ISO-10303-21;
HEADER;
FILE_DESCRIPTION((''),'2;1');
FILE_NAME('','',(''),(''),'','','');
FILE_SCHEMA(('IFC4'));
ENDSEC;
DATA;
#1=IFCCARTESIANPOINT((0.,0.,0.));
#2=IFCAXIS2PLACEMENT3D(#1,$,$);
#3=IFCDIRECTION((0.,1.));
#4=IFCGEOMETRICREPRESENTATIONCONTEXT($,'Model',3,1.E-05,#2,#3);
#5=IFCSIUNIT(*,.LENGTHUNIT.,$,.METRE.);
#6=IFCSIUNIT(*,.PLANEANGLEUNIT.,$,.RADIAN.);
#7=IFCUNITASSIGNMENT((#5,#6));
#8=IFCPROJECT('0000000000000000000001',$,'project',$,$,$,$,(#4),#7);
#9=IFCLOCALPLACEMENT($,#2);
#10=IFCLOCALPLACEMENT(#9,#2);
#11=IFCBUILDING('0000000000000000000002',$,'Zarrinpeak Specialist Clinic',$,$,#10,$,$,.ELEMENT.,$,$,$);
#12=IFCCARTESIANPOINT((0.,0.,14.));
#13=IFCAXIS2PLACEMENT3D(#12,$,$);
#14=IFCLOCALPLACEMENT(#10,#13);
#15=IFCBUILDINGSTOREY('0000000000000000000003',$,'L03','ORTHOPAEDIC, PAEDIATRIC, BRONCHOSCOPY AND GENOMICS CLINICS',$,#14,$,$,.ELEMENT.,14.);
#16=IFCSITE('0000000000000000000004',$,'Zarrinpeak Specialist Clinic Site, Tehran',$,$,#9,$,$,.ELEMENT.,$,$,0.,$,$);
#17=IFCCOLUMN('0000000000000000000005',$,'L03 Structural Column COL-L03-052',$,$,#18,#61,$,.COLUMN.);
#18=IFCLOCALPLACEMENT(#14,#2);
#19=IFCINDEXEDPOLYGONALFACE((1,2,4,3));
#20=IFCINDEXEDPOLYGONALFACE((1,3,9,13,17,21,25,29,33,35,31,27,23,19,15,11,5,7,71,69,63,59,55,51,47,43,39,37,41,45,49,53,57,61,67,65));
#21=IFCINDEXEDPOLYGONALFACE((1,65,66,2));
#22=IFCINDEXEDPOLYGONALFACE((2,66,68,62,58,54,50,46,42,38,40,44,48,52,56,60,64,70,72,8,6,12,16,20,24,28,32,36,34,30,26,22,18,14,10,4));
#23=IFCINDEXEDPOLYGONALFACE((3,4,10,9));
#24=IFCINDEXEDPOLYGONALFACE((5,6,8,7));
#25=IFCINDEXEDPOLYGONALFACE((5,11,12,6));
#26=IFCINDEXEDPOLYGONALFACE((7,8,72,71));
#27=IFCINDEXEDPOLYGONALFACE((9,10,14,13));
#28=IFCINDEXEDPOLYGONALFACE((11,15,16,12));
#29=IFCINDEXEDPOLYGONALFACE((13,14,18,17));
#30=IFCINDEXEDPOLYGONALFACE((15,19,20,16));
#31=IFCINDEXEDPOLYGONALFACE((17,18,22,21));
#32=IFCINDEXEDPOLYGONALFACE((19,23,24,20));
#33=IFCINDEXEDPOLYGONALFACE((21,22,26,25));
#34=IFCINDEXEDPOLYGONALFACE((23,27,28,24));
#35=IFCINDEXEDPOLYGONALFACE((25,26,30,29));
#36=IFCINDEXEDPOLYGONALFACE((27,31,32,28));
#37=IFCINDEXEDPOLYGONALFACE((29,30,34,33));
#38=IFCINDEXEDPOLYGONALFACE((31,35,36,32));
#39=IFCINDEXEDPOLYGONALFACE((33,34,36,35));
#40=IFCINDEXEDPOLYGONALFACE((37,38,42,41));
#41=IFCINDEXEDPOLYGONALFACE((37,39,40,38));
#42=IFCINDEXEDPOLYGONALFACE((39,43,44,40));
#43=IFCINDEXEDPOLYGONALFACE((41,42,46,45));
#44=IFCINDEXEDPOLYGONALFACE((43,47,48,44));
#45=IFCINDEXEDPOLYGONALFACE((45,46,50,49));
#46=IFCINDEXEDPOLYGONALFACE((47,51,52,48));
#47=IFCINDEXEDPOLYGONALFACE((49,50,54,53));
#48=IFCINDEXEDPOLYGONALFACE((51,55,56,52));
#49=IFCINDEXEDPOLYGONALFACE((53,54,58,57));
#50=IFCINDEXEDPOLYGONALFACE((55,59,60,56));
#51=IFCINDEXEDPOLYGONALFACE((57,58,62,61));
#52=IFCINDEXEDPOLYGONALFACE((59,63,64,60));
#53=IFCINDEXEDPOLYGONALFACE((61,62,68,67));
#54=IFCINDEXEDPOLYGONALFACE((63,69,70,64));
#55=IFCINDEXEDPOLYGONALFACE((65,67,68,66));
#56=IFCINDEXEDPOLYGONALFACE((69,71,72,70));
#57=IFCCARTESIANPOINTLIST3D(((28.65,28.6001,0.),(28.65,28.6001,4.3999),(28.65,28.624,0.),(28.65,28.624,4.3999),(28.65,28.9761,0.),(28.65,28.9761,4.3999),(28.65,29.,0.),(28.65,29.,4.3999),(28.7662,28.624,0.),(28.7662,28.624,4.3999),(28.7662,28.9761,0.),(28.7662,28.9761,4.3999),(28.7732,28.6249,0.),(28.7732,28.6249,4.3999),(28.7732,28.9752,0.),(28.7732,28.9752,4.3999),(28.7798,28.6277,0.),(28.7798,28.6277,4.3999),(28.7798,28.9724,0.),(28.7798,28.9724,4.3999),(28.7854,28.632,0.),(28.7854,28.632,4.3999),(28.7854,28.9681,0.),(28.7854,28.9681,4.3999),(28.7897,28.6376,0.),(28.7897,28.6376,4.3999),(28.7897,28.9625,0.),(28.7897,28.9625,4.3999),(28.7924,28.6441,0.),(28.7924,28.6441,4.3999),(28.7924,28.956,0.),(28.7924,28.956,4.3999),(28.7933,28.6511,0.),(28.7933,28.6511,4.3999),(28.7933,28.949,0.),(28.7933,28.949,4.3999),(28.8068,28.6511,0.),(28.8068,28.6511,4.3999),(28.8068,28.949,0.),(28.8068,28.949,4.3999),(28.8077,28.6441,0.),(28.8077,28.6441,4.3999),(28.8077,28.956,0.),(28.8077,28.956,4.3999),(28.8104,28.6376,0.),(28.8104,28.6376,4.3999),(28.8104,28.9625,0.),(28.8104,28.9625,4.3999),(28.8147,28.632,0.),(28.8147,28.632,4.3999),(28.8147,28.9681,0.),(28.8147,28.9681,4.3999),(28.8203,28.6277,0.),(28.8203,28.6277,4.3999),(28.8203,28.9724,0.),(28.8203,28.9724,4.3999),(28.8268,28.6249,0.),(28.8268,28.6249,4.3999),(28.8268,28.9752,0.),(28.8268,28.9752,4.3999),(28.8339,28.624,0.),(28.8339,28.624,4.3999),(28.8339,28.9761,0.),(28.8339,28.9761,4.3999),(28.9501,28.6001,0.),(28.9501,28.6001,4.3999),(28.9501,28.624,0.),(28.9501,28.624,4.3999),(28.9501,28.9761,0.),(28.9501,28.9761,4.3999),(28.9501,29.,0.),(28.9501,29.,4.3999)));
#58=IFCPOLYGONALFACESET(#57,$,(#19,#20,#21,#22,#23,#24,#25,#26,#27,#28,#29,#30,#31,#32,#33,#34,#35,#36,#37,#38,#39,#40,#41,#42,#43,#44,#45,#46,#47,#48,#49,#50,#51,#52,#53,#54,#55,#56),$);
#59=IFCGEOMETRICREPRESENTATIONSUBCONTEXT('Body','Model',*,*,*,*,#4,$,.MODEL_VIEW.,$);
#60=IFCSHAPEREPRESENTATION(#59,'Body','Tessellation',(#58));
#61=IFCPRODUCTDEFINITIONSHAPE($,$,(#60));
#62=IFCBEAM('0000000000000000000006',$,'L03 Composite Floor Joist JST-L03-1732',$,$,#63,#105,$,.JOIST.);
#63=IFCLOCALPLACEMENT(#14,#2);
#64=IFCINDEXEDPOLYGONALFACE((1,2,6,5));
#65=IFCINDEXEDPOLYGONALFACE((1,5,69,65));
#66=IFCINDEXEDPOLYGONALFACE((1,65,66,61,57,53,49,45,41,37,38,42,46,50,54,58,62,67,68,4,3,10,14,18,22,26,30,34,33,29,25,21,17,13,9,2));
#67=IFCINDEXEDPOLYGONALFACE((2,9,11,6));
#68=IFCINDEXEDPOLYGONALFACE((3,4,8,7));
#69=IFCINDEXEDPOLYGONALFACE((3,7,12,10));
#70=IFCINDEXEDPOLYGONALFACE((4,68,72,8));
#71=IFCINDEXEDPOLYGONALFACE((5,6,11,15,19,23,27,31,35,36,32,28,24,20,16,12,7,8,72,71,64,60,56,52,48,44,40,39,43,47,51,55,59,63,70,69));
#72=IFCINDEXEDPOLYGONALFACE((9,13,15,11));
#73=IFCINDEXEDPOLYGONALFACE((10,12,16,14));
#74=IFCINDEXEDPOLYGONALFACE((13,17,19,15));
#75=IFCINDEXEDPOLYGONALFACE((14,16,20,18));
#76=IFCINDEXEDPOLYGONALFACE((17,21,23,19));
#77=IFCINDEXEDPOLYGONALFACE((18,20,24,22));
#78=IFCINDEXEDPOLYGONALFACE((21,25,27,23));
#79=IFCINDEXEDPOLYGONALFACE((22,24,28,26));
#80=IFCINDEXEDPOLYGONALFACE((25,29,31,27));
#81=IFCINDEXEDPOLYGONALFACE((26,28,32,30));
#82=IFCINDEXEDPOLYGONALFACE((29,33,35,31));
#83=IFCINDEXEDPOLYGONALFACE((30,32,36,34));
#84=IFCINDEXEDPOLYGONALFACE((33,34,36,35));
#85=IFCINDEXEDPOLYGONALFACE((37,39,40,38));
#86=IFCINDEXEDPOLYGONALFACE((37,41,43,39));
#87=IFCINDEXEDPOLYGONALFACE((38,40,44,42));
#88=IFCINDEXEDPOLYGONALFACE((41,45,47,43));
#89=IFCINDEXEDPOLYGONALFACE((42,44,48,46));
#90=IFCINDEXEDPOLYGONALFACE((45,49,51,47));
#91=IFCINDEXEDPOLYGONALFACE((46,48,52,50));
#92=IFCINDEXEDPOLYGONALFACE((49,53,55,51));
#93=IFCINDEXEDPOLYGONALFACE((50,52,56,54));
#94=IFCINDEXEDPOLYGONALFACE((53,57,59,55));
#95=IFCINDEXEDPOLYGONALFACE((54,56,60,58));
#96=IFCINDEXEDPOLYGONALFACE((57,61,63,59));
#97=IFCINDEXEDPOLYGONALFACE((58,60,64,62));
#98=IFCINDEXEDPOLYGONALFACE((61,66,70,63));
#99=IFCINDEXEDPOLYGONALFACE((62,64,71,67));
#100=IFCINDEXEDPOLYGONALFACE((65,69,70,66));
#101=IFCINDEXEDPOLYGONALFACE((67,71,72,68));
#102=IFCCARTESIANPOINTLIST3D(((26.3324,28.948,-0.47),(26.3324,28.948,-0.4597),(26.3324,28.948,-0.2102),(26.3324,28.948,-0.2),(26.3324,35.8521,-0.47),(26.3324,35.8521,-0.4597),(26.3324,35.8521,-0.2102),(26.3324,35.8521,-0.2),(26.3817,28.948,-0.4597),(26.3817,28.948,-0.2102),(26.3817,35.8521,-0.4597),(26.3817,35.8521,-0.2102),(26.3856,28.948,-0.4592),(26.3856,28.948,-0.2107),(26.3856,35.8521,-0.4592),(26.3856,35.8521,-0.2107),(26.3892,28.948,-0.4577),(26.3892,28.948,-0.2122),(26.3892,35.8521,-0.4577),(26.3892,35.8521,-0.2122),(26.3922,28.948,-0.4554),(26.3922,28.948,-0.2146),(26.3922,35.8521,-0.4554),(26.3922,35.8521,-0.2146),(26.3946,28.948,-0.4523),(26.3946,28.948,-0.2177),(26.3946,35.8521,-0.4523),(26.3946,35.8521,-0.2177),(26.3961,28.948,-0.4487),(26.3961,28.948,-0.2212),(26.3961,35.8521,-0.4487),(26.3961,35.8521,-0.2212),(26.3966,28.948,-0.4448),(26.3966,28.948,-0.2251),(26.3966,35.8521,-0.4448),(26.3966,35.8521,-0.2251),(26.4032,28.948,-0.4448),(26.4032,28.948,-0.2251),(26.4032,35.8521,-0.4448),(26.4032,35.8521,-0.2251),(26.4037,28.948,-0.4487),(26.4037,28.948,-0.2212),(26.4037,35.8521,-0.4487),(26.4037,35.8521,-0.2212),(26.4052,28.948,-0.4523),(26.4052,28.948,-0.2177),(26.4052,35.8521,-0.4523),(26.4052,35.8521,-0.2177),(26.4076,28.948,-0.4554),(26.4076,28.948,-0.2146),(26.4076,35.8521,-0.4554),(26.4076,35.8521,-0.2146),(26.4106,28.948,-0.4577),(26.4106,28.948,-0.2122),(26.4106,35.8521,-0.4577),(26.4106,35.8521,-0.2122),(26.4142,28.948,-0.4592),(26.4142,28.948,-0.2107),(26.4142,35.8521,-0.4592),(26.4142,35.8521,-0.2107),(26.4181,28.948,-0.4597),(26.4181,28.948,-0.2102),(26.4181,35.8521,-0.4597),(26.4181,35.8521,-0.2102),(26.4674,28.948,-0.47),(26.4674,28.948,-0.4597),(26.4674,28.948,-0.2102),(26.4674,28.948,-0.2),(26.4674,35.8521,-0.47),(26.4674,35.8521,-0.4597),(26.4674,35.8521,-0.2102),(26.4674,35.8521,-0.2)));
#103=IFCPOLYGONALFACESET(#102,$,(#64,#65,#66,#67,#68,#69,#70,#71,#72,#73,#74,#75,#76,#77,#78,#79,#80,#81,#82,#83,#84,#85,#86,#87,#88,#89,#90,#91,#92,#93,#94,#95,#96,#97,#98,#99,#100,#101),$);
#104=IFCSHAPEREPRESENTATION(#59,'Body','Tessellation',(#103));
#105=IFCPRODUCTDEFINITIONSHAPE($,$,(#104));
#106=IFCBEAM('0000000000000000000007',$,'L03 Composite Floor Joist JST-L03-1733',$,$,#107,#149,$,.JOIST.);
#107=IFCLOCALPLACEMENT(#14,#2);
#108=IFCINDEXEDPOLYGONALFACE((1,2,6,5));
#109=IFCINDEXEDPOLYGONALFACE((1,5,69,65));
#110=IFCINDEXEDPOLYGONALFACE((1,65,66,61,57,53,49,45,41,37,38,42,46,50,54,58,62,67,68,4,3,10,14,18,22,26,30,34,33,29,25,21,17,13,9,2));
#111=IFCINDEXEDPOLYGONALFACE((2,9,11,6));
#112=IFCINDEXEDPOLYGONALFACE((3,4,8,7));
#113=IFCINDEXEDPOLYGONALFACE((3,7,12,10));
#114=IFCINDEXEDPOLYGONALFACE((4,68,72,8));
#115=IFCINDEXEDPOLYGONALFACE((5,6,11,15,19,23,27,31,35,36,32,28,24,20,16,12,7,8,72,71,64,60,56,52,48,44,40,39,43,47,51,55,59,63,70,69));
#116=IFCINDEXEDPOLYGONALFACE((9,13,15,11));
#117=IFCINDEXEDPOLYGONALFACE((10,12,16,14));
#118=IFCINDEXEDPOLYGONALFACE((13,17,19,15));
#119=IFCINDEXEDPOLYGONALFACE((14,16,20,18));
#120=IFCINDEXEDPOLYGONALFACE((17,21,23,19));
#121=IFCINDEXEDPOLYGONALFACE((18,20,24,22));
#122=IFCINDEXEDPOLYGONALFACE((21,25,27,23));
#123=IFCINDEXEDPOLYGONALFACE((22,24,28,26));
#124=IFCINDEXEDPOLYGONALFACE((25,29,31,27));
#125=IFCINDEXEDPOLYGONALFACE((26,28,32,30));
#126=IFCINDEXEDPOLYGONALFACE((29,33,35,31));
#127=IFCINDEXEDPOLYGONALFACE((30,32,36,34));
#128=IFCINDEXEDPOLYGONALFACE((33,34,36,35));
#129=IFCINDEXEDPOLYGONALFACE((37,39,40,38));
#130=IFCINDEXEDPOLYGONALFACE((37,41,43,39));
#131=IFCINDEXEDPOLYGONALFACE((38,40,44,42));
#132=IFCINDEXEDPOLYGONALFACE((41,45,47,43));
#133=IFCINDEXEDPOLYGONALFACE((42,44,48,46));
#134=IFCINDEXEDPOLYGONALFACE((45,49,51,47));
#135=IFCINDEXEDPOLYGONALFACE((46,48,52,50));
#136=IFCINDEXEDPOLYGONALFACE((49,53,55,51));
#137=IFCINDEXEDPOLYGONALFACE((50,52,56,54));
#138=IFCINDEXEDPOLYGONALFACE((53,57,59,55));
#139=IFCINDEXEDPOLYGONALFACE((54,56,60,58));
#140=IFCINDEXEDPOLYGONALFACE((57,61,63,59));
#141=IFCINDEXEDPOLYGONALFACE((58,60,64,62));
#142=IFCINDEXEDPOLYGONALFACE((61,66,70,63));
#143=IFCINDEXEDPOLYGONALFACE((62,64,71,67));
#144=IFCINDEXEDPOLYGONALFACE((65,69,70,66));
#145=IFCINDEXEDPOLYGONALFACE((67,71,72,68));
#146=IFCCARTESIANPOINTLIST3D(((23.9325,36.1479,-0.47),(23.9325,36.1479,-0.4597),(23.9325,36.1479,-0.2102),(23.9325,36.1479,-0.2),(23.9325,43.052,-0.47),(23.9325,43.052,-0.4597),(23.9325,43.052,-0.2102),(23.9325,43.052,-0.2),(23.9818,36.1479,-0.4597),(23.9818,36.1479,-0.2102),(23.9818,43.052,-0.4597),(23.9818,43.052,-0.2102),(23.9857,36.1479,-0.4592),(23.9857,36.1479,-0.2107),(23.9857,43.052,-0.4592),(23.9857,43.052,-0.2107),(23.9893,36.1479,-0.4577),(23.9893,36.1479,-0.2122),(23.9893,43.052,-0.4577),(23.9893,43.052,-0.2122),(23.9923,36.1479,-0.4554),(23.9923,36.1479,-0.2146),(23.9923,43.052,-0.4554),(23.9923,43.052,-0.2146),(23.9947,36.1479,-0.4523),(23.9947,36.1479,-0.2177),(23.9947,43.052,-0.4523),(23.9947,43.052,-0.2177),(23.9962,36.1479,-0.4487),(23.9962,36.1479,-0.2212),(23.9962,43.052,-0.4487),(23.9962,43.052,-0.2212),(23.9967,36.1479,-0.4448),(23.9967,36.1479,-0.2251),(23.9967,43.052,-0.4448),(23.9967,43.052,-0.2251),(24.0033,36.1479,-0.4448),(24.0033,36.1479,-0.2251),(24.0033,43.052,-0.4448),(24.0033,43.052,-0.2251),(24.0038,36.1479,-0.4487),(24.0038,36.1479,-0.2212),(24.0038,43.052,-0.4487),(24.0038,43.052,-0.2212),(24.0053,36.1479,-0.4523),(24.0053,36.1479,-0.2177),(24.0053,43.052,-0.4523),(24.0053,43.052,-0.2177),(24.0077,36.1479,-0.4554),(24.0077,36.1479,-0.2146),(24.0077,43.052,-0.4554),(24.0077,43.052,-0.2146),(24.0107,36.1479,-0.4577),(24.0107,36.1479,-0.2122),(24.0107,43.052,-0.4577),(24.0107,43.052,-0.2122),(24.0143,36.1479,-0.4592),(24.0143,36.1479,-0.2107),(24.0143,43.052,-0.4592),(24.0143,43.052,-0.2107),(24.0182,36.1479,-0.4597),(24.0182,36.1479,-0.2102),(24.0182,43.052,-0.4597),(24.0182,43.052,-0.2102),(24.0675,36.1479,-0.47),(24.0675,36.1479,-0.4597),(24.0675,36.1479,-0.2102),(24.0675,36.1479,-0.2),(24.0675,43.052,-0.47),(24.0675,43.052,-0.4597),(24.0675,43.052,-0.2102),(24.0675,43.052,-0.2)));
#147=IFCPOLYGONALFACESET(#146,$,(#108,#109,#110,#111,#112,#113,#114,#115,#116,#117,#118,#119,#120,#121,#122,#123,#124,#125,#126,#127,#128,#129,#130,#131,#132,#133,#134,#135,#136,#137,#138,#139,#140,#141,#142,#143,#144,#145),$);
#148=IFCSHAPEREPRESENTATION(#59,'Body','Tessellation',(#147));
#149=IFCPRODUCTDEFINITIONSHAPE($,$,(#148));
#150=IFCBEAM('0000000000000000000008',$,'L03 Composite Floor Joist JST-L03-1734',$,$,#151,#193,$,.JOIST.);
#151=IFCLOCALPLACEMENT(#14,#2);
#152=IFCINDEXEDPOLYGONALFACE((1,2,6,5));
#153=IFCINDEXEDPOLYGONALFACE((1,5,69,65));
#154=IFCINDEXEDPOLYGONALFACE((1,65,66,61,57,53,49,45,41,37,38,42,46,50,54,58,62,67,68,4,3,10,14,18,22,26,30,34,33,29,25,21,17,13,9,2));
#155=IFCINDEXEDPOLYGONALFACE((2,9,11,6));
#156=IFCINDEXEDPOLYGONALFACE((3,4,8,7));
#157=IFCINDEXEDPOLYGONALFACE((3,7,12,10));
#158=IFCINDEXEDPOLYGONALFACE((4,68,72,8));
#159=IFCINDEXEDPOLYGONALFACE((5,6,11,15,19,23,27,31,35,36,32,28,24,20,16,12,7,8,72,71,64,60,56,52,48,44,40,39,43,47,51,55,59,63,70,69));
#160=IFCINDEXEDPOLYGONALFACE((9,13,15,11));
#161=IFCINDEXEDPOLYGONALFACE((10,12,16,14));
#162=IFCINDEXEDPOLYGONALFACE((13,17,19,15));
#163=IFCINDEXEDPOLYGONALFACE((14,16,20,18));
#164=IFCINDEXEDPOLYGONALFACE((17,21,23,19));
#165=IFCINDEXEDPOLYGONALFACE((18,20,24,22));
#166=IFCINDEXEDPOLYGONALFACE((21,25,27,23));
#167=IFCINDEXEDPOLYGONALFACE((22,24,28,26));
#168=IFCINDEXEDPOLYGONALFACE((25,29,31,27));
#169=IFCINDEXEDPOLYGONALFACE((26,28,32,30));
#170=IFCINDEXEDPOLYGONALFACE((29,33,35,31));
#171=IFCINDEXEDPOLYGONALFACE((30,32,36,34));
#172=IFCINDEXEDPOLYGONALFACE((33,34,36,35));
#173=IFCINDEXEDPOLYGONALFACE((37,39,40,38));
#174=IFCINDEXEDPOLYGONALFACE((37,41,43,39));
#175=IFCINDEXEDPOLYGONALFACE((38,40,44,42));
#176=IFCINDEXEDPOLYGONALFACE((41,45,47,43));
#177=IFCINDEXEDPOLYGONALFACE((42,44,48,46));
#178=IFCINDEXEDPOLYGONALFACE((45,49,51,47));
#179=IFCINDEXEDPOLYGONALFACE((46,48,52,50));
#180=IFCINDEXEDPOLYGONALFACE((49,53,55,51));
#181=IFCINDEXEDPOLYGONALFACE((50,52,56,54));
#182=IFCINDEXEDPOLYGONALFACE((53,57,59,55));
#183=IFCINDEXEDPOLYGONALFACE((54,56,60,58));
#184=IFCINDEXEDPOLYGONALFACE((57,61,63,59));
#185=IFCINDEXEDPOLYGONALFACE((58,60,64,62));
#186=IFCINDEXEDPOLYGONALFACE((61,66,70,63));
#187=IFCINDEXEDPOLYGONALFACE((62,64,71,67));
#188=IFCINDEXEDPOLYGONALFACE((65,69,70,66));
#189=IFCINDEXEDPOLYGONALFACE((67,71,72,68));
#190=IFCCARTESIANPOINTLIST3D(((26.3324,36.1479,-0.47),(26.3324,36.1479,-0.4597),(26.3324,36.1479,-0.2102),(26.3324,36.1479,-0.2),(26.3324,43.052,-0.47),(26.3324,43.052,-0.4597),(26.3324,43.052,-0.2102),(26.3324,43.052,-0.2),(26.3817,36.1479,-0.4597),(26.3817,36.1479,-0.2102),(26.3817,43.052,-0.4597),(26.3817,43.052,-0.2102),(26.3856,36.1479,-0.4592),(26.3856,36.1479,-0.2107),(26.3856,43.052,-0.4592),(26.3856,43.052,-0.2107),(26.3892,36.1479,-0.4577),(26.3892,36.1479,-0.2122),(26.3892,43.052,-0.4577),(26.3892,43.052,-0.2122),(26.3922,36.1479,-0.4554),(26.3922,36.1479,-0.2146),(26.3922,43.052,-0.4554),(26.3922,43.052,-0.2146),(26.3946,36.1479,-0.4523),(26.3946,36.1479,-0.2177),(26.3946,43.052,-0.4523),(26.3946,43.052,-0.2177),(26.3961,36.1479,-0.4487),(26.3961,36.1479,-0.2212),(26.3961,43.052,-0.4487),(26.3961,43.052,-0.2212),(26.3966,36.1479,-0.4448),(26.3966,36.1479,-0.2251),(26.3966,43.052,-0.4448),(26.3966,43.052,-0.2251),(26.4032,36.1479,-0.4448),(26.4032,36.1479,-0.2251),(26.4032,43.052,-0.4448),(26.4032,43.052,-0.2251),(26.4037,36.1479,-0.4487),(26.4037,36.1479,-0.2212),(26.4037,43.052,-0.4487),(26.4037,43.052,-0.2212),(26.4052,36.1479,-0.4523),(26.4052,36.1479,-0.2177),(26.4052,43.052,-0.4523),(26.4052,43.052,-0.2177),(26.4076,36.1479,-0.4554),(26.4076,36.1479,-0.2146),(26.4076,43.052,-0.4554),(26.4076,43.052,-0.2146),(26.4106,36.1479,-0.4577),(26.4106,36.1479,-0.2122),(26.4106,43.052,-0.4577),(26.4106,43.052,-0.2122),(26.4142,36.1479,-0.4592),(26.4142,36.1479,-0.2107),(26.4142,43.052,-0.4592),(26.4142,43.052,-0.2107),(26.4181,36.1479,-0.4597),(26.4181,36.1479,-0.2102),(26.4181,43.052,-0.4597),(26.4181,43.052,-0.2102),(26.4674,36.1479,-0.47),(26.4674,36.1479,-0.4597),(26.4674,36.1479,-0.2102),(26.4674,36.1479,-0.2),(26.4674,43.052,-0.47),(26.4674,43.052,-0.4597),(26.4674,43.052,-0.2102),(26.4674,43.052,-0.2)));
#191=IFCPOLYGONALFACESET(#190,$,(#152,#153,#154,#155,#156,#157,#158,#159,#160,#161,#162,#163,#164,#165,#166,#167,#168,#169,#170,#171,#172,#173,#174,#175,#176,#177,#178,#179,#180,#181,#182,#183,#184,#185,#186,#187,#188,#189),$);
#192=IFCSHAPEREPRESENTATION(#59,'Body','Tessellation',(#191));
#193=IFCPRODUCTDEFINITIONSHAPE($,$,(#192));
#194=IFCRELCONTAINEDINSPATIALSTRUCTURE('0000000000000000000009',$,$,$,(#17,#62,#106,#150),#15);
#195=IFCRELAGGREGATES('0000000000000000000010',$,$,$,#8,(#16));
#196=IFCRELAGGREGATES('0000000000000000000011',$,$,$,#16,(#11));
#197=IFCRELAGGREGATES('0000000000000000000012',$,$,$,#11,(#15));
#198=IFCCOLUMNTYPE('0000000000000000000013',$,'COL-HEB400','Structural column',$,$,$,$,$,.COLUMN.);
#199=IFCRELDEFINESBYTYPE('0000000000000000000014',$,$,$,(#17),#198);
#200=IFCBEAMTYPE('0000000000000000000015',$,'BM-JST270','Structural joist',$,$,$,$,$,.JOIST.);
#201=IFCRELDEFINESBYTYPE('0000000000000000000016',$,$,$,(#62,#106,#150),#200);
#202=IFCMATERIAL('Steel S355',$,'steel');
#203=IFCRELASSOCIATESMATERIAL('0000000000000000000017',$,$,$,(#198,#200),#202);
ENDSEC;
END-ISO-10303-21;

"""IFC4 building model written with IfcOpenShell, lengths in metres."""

from ifc_helpers import new_model, si_unit, direction, frame, origin, origin_2d, place, context, subcontext, project, spatial, i_section, extrude, material, material_profile, profile_set, type_object, element, save


model = new_model("IFC4")

# Units and contexts
model_context = context("Model", 3, precision=1e-05, world=origin(), true_north=direction((0.0, 1.0)))
body_context = subcontext(model_context, "Body", "Model", "MODEL_VIEW")
ifc_project = project(units=[si_unit("LENGTHUNIT", "METRE"), si_unit("PLANEANGLEUNIT", "RADIAN")], contexts=[model_context])

# Site, building, storey
site_placement = place(None, origin())
site = spatial("IfcSite", under=ifc_project, at=site_placement, Name="Zarrinpeak Specialist Clinic Site, Tehran", CompositionType="ELEMENT", RefElevation=0.0)
building_placement = place(site_placement, origin())
building = spatial("IfcBuilding", under=site, at=building_placement, Name="Zarrinpeak Specialist Clinic", CompositionType="ELEMENT")
storey_placement = place(building_placement, frame((0.0, 0.0, 14.0)))
storey = spatial("IfcBuildingStorey", under=building, at=storey_placement, Name="L03", Description="ORTHOPAEDIC, PAEDIATRIC, BRONCHOSCOPY AND GENOMICS CLINICS", CompositionType="ELEMENT", Elevation=14.0)

# Column
ifc_material_1 = material(Name="Steel S355", Category="steel")
ifc_material_profile_1 = material_profile(ifc_material_1, i_section(OverallWidth=0.3, OverallDepth=0.3999, WebThickness=0.0134, FlangeThickness=0.0239, FilletRadius=0.0271, at=origin_2d()), Name="HEB 400")
ifc_profile_set_1 = profile_set([ifc_material_profile_1], Name="Steel S355")
column_type = type_object("IfcColumnType", Name="COL-HEB400", Description="Structural column", PredefinedType="COLUMN", material=ifc_profile_set_1)
column_placement = place(storey_placement, frame((28.8, 28.8, 0.0), z_axis=(0.0, 0.0, 1.0), x_axis=(1.0, 0.0, 0.0)))
element("IfcColumn", 1, at=column_placement, inside=storey, type_object=column_type, Name="L03 Structural Column COL-L03-052", PredefinedType="COLUMN", context=body_context, shape_type="SweptSolid", body=[
    extrude(i_section(OverallWidth=0.3, OverallDepth=0.3999, WebThickness=0.0134, FlangeThickness=0.0239, FilletRadius=0.0271, at=origin_2d()), origin(), (0.0, 0.0, 1.0), 4.3999),
])

# Beams
ifc_material_profile_2 = material_profile(ifc_material_1, i_section(OverallWidth=0.135, OverallDepth=0.27, WebThickness=0.0066, FlangeThickness=0.0103, FilletRadius=0.0149, at=origin_2d()), Name="IPE 270")
ifc_profile_set_2 = profile_set([ifc_material_profile_2], Name="Steel S355")
beam_type_1 = type_object("IfcBeamType", Name="BM-JST270", Description="Structural joist", PredefinedType="JOIST", material=ifc_profile_set_2)
for number, where, z_axis, x_axis, name in (
    (2, (26.3999, 28.948, -0.335), (0.0, 1.0, 0.0), (-1.0, 0.0, 0.0), "L03 Composite Floor Joist JST-L03-1732"),
    (3, (24.0, 36.1479, -0.335), (0.0, 1.0, 0.0), (-1.0, 0.0, 0.0), "L03 Composite Floor Joist JST-L03-1733"),
    (4, (26.3999, 36.1479, -0.335), (0.0, 1.0, 0.0), (-1.0, 0.0, 0.0), "L03 Composite Floor Joist JST-L03-1734"),
):
    element("IfcBeam", number, at=place(storey_placement, frame(where, z_axis=z_axis, x_axis=x_axis)), inside=storey, type_object=beam_type_1, Name=name, PredefinedType="JOIST", context=body_context, shape_type="SweptSolid", body=[
        extrude(i_section(OverallWidth=0.135, OverallDepth=0.27, WebThickness=0.0066, FlangeThickness=0.0103, FilletRadius=0.0149, at=origin_2d()), origin(), (0.0, 0.0, 1.0), 6.9041),
    ])

save(model, "model.ifc")
